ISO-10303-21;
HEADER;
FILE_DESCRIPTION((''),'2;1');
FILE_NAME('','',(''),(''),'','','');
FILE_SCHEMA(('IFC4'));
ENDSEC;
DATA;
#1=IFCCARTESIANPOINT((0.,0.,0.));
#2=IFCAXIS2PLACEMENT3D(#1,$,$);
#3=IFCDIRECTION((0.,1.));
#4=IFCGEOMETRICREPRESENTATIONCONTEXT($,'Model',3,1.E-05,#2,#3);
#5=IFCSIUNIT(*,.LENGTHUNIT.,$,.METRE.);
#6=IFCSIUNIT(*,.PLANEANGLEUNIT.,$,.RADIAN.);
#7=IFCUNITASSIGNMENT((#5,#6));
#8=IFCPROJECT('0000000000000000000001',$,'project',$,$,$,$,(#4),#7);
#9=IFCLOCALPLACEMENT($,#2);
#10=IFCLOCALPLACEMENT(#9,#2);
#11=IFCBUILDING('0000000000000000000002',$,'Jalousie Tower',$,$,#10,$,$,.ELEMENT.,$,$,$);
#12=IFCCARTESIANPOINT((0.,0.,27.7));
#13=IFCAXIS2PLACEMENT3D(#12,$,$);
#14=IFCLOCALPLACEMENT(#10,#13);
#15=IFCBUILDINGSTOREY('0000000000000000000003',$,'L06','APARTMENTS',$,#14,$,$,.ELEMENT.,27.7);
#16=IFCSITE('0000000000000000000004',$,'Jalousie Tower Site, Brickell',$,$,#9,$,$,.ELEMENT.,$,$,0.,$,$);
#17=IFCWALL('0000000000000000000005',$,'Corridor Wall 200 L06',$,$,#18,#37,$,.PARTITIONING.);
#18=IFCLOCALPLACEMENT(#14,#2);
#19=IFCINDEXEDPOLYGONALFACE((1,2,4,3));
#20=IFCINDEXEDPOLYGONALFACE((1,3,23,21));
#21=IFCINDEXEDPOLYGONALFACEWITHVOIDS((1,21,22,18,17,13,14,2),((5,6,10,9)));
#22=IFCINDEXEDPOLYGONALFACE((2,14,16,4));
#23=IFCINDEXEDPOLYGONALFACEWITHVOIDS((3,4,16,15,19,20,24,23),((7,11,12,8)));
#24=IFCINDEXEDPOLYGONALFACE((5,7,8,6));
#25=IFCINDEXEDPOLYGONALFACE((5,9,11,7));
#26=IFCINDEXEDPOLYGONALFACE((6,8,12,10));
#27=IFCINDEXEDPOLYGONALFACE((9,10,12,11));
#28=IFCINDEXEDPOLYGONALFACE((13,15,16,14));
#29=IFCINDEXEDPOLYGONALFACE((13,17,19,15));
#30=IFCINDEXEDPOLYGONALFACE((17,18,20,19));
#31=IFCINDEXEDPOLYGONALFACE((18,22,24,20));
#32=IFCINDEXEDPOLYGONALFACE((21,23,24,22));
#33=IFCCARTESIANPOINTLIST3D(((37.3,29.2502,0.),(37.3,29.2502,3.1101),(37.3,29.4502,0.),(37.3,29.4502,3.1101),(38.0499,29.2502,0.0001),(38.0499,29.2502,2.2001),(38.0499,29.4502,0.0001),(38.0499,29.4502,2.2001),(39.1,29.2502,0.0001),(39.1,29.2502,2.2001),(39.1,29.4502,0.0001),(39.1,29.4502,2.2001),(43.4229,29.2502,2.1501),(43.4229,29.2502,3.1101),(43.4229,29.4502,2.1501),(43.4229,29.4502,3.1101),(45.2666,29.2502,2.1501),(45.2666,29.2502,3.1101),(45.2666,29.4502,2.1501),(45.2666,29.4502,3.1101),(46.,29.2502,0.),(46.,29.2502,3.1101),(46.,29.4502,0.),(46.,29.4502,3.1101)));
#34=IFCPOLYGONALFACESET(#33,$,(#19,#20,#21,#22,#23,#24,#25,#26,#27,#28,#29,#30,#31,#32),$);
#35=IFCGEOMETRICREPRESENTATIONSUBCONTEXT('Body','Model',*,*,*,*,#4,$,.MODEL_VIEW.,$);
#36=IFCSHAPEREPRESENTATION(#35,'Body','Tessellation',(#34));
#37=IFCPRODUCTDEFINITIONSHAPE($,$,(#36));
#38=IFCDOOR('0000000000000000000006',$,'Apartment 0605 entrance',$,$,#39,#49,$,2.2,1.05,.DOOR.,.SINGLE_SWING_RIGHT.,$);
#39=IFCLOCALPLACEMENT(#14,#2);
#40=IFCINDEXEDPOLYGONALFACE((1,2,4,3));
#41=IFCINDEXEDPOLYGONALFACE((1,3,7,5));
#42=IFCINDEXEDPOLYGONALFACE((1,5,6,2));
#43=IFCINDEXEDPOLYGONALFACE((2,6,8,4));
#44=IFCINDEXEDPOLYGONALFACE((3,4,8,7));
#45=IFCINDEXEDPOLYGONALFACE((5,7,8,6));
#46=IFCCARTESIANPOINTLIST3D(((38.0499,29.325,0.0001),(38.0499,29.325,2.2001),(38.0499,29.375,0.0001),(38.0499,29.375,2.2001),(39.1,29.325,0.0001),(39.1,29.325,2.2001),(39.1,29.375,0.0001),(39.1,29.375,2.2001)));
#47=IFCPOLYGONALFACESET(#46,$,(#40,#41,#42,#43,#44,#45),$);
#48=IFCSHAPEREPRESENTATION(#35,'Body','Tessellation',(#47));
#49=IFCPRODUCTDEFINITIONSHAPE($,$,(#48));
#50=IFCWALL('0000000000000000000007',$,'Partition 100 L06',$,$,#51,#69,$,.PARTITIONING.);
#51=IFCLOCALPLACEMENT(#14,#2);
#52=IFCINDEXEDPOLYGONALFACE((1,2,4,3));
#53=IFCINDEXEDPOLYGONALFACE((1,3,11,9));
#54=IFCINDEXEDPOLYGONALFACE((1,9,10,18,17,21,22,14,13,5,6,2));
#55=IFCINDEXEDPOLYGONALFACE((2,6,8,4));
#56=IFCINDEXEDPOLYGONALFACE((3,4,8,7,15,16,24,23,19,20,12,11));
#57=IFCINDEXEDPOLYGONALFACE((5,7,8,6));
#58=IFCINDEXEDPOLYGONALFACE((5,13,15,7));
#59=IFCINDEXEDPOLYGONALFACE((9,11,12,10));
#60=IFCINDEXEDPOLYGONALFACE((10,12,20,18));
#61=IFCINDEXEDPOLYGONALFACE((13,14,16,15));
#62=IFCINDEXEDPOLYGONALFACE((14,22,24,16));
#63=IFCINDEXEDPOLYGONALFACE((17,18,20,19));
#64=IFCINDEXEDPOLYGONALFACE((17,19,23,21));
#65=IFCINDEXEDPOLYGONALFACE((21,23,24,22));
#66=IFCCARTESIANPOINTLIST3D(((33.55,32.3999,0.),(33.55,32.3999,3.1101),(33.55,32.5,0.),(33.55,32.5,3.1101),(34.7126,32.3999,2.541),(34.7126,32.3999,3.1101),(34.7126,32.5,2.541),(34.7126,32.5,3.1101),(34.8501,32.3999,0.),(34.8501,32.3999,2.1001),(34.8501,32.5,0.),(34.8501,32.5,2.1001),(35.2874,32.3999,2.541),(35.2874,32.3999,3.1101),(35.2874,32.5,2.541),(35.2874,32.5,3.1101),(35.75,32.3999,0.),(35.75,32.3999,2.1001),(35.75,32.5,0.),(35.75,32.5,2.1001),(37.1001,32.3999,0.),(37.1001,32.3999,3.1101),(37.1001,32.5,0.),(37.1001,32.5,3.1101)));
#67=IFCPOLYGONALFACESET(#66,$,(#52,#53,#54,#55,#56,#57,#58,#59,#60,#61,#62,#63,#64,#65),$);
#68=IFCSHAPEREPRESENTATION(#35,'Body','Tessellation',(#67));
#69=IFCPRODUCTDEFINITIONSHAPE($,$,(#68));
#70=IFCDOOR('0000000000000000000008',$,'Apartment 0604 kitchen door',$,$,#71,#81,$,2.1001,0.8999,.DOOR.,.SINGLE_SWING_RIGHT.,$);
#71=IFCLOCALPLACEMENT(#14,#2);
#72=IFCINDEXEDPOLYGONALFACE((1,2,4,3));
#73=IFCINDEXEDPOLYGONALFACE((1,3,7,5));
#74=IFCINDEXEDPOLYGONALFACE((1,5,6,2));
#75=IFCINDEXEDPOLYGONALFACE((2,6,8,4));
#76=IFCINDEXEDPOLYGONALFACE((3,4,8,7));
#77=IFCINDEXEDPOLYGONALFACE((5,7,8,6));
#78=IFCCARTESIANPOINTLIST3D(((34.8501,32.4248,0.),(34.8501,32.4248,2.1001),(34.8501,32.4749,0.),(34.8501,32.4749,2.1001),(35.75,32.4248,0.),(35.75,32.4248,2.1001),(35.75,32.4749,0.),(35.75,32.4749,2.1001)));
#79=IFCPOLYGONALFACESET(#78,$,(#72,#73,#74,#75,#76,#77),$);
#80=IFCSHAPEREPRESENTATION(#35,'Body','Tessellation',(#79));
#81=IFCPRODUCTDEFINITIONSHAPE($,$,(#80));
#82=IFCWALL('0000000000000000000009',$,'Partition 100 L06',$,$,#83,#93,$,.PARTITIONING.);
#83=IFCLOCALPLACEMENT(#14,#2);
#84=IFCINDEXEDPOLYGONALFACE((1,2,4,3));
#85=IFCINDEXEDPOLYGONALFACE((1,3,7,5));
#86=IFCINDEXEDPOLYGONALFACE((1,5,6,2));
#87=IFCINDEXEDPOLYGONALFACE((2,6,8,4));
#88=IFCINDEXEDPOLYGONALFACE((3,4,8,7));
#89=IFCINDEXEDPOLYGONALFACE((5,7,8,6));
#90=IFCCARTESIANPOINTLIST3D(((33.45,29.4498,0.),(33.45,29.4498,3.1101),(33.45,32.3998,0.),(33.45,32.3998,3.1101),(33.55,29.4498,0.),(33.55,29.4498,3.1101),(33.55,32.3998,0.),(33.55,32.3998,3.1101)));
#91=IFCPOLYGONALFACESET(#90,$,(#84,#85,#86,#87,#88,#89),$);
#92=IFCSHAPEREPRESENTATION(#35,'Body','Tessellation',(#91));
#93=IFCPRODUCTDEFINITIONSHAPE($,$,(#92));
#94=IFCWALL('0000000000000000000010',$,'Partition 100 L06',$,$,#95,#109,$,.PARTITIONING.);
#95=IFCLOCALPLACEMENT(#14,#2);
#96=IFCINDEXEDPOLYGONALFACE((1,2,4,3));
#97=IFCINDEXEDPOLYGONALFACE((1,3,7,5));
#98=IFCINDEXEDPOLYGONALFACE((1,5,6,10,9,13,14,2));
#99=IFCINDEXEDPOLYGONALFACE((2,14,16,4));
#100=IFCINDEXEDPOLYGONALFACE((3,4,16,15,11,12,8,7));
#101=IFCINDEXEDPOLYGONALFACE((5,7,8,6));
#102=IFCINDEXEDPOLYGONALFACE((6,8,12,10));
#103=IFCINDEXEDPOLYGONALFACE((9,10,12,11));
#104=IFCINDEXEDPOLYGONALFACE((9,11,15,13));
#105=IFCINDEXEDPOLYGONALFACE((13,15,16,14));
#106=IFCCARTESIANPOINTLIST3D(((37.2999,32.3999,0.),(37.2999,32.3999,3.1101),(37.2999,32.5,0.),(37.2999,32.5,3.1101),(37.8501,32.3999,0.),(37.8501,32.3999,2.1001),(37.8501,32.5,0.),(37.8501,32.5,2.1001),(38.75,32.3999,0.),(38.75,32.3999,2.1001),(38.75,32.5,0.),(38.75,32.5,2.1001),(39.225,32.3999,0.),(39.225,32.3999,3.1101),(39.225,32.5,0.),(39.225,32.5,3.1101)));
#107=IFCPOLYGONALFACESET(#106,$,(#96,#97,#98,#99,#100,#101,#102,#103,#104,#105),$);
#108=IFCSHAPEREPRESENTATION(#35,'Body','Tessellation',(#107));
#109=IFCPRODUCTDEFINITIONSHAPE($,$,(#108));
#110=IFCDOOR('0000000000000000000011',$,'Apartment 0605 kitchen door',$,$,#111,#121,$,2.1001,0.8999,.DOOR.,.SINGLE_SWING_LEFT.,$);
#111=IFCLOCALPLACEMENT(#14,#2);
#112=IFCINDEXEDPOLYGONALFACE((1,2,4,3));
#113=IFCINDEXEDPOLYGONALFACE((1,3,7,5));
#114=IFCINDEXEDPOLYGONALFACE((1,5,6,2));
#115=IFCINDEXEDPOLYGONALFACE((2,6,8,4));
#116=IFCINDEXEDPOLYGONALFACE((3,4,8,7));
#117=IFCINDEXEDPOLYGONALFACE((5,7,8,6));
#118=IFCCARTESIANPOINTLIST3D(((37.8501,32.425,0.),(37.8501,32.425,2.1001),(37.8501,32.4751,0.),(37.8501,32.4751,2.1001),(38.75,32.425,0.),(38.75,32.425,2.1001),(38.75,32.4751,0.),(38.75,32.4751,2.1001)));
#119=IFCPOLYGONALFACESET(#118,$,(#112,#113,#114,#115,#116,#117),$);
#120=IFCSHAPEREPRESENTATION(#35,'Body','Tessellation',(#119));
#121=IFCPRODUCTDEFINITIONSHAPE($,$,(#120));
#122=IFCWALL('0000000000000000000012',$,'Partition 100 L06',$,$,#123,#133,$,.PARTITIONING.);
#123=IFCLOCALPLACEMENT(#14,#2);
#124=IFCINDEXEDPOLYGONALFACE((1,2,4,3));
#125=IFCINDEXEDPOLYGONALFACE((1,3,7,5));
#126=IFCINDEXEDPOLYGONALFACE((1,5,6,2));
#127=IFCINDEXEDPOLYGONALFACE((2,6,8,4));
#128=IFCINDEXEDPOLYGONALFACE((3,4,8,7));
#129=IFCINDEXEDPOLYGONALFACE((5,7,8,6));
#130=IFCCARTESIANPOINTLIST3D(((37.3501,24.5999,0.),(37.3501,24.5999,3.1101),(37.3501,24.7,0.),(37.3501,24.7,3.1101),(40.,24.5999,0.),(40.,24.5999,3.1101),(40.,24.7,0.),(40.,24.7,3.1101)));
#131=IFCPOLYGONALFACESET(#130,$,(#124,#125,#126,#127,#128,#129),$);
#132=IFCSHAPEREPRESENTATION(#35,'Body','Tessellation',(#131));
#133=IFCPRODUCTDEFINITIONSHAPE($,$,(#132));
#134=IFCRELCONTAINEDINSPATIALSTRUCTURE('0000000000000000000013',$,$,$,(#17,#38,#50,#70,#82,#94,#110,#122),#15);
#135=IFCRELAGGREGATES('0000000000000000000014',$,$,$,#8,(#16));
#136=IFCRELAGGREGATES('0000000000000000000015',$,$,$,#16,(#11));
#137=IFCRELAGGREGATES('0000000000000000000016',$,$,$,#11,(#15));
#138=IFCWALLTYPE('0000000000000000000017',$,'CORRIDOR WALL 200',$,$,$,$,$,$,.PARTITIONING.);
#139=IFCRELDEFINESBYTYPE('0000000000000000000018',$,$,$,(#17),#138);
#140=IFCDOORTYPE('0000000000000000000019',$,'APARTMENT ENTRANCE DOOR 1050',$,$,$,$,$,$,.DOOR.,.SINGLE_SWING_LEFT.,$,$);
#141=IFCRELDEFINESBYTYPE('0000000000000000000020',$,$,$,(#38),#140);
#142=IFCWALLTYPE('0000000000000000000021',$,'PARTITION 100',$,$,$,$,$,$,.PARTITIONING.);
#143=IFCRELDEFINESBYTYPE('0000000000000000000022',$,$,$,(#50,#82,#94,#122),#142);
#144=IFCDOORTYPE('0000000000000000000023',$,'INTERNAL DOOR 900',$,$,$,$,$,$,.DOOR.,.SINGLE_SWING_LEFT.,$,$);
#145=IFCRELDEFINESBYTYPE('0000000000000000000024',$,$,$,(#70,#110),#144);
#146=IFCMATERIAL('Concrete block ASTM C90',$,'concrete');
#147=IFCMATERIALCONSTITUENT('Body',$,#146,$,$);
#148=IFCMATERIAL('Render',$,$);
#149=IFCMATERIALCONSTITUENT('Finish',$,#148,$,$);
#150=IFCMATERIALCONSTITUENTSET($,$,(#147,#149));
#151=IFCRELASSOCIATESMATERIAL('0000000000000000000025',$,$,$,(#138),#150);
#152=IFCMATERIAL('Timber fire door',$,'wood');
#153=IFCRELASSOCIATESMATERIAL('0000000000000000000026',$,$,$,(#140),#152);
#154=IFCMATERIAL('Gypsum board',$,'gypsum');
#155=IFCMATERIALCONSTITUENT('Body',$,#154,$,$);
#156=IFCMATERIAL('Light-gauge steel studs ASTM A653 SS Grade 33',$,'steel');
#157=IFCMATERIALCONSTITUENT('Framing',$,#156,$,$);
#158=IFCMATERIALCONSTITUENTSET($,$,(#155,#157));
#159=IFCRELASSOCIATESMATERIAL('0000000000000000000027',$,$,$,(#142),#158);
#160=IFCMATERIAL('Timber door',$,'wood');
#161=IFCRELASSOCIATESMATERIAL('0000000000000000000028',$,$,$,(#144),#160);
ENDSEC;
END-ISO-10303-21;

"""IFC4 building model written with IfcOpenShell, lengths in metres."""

from ifc_helpers import new_model, si_unit, direction, frame, frame_2d, origin, place, context, subcontext, project, spatial, polyline, rectangle, outline, extrude, material, constituent, constituent_set, type_object, element, fill, save


model = new_model("IFC4")

# Units and contexts
model_context = context("Model", 3, precision=1e-05, world=origin(), true_north=direction((0.0, 1.0)))
body_context = subcontext(model_context, "Body", "Model", "MODEL_VIEW")
ifc_project = project(units=[si_unit("LENGTHUNIT", "METRE"), si_unit("PLANEANGLEUNIT", "RADIAN")], contexts=[model_context])

# Site, building, storey
site_placement = place(None, origin())
site = spatial("IfcSite", under=ifc_project, at=site_placement, Name="Jalousie Tower Site, Brickell", CompositionType="ELEMENT", RefElevation=0.0)
building_placement = place(site_placement, origin())
building = spatial("IfcBuilding", under=site, at=building_placement, Name="Jalousie Tower", CompositionType="ELEMENT")
storey_placement = place(building_placement, frame((0.0, 0.0, 27.7)))
storey = spatial("IfcBuildingStorey", under=building, at=storey_placement, Name="L06", Description="APARTMENTS", CompositionType="ELEMENT", Elevation=27.7)

# Walls, openings, doors
ifc_material_1 = material(Name="Concrete block ASTM C90", Category="concrete")
ifc_constituent_1 = constituent(ifc_material_1, Name="Body")
ifc_material_2 = material(Name="Render")
ifc_constituent_2 = constituent(ifc_material_2, Name="Finish")
ifc_constituent_set_1 = constituent_set(constituents=[ifc_constituent_1, ifc_constituent_2])
wall_type_1 = type_object("IfcWallType", Name="CORRIDOR WALL 200", PredefinedType="PARTITIONING", material=ifc_constituent_set_1)
wall_1_placement = place(storey_placement, frame((37.3, 29.3501, 0.0), z_axis=(0.0, 0.0, 1.0), x_axis=(1.0, 0.0, 0.0)))
wall_1 = element("IfcWall", 1, at=wall_1_placement, inside=storey, type_object=wall_type_1, Name="Corridor Wall 200 L06", PredefinedType="PARTITIONING", context=body_context, shape_type="SweptSolid", body=[
    extrude(outline(polyline([(0.0, 0.0), (8.7, 0.0), (8.7, 3.1101), (7.9666, 3.1101), (7.9666, 2.1501), (6.1228, 2.1501), (6.1228, 3.1101), (0.0, 3.1101), (0.0, 0.0)])), frame((0.0, 0.1001, 0.0), z_axis=(0.0, -1.0, 0.0), x_axis=(1.0, 0.0, 0.0)), (0.0, 0.0, 1.0), 0.2),
])
opening_1_placement = place(wall_1_placement, frame((0.75, 0.0, 0.0)))
opening_1 = element("IfcOpeningElement", 2, at=opening_1_placement, cuts=wall_1, PredefinedType="OPENING", context=body_context, shape_type="SweptSolid", body=[
    extrude(rectangle(XDim=1.05, YDim=2.2, at=frame_2d((0.5249, 1.1001))), frame((0.0, 0.1099, 0.0), z_axis=(0.0, -1.0, 0.0), x_axis=(1.0, 0.0, 0.0)), (0.0, 0.0, 1.0), 0.22),
])
ifc_material_3 = material(Name="Timber fire door", Category="wood")
door_type_1 = type_object("IfcDoorType", Name="APARTMENT ENTRANCE DOOR 1050", OperationType="SINGLE_SWING_LEFT", PredefinedType="DOOR", material=ifc_material_3)
door_1_placement = place(opening_1_placement, origin())
door_1 = element("IfcDoor", 3, at=door_1_placement, inside=storey, type_object=door_type_1, Name="Apartment 0605 entrance", OperationType="SINGLE_SWING_RIGHT", OverallHeight=2.2, OverallWidth=1.05, PredefinedType="DOOR", context=body_context, shape_type="SweptSolid", body=[
    extrude(rectangle(XDim=1.05, YDim=2.2, at=frame_2d((0.5249, 1.1001))), frame((0.0, 0.0249, 0.0), z_axis=(0.0, -1.0, 0.0), x_axis=(1.0, 0.0, 0.0)), (0.0, 0.0, 1.0), 0.05),
])
fill(opening_1, door_1)
ifc_material_4 = material(Name="Gypsum board", Category="gypsum")
ifc_constituent_3 = constituent(ifc_material_4, Name="Body")
ifc_material_5 = material(Name="Light-gauge steel studs ASTM A653 SS Grade 33", Category="steel")
ifc_constituent_4 = constituent(ifc_material_5, Name="Framing")
ifc_constituent_set_2 = constituent_set(constituents=[ifc_constituent_3, ifc_constituent_4])
wall_type_2 = type_object("IfcWallType", Name="PARTITION 100", PredefinedType="PARTITIONING", material=ifc_constituent_set_2)
wall_2_placement = place(storey_placement, frame((33.55, 32.45, 0.0), z_axis=(0.0, 0.0, 1.0), x_axis=(1.0, 0.0, 0.0)))
wall_2 = element("IfcWall", 4, at=wall_2_placement, inside=storey, type_object=wall_type_2, Name="Partition 100 L06", PredefinedType="PARTITIONING", context=body_context, shape_type="SweptSolid", body=[
    extrude(outline(polyline([(0.0, 0.0), (3.55, 0.0), (3.55, 3.1101), (1.7373, 3.1101), (1.7373, 2.541), (1.1626, 2.541), (1.1626, 3.1101), (0.0, 3.1101), (0.0, 0.0)])), frame((0.0, 0.05, 0.0), z_axis=(0.0, -1.0, 0.0), x_axis=(1.0, 0.0, 0.0)), (0.0, 0.0, 1.0), 0.1001),
])
opening_2_placement = place(wall_2_placement, frame((1.3, 0.0, 0.0)))
opening_2 = element("IfcOpeningElement", 5, at=opening_2_placement, cuts=wall_2, PredefinedType="OPENING", context=body_context, shape_type="SweptSolid", body=[
    extrude(rectangle(XDim=0.8999, YDim=2.1001, at=frame_2d((0.45, 1.05))), frame((0.0, 0.0601, 0.0), z_axis=(0.0, -1.0, 0.0), x_axis=(1.0, 0.0, 0.0)), (0.0, 0.0, 1.0), 0.1201),
])
ifc_material_6 = material(Name="Timber door", Category="wood")
door_type_2 = type_object("IfcDoorType", Name="INTERNAL DOOR 900", OperationType="SINGLE_SWING_LEFT", PredefinedType="DOOR", material=ifc_material_6)
door_2_placement = place(opening_2_placement, origin())
door_2 = element("IfcDoor", 6, at=door_2_placement, inside=storey, type_object=door_type_2, Name="Apartment 0604 kitchen door", OperationType="SINGLE_SWING_RIGHT", OverallHeight=2.1001, OverallWidth=0.8999, PredefinedType="DOOR", context=body_context, shape_type="SweptSolid", body=[
    extrude(rectangle(XDim=0.8999, YDim=2.1001, at=frame_2d((0.45, 1.05))), frame((0.0, 0.0249, 0.0), z_axis=(0.0, -1.0, 0.0), x_axis=(1.0, 0.0, 0.0)), (0.0, 0.0, 1.0), 0.05),
])
fill(opening_2, door_2)

# Wall
wall_3_placement = place(storey_placement, frame((33.5, 32.3999, 0.0), z_axis=(0.0, 0.0, 1.0), x_axis=(0.0, -1.0, 0.0)))
element("IfcWall", 7, at=wall_3_placement, inside=storey, type_object=wall_type_2, Name="Partition 100 L06", PredefinedType="PARTITIONING", context=body_context, shape_type="SweptSolid", body=[
    extrude(rectangle(XDim=2.95, YDim=0.1001, at=frame_2d((1.4751, 0.0))), origin(), (0.0, 0.0, 1.0), 3.1101),
])

# Wall, opening, door
wall_4_placement = place(storey_placement, frame((37.3, 32.45, 0.0), z_axis=(0.0, 0.0, 1.0), x_axis=(1.0, 0.0, 0.0)))
wall_4 = element("IfcWall", 8, at=wall_4_placement, inside=storey, type_object=wall_type_2, Name="Partition 100 L06", PredefinedType="PARTITIONING", context=body_context, shape_type="SweptSolid", body=[
    extrude(rectangle(XDim=1.925, YDim=0.1001, at=frame_2d((0.9624, 0.0))), origin(), (0.0, 0.0, 1.0), 3.1101),
])
opening_3_placement = place(wall_4_placement, frame((0.55, 0.0, 0.0)))
opening_3 = element("IfcOpeningElement", 9, at=opening_3_placement, cuts=wall_4, PredefinedType="OPENING", context=body_context, shape_type="SweptSolid", body=[
    extrude(rectangle(XDim=0.8999, YDim=2.1001, at=frame_2d((0.45, 1.05))), frame((0.0, 0.0601, 0.0), z_axis=(0.0, -1.0, 0.0), x_axis=(1.0, 0.0, 0.0)), (0.0, 0.0, 1.0), 0.1201),
])
door_3_placement = place(opening_3_placement, frame((0.8999, 0.0, 0.0), z_axis=(0.0, 0.0, 1.0), x_axis=(-1.0, 0.0, 0.0)))
door_3 = element("IfcDoor", 10, at=door_3_placement, inside=storey, type_object=door_type_2, Name="Apartment 0605 kitchen door", OperationType="SINGLE_SWING_LEFT", OverallHeight=2.1001, OverallWidth=0.8999, PredefinedType="DOOR", context=body_context, shape_type="SweptSolid", body=[
    extrude(rectangle(XDim=0.8999, YDim=2.1001, at=frame_2d((0.45, 1.05))), frame((0.0, 0.0249, 0.0), z_axis=(0.0, -1.0, 0.0), x_axis=(1.0, 0.0, 0.0)), (0.0, 0.0, 1.0), 0.05),
])
fill(opening_3, door_3)

# Wall
wall_5_placement = place(storey_placement, frame((37.3501, 24.6499, 0.0), z_axis=(0.0, 0.0, 1.0), x_axis=(1.0, 0.0, 0.0)))
element("IfcWall", 11, at=wall_5_placement, inside=storey, type_object=wall_type_2, Name="Partition 100 L06", PredefinedType="PARTITIONING", context=body_context, shape_type="SweptSolid", body=[
    extrude(rectangle(XDim=2.6499, YDim=0.1001, at=frame_2d((1.325, 0.0))), origin(), (0.0, 0.0, 1.0), 3.1101),
])

save(model, "model.ifc")
